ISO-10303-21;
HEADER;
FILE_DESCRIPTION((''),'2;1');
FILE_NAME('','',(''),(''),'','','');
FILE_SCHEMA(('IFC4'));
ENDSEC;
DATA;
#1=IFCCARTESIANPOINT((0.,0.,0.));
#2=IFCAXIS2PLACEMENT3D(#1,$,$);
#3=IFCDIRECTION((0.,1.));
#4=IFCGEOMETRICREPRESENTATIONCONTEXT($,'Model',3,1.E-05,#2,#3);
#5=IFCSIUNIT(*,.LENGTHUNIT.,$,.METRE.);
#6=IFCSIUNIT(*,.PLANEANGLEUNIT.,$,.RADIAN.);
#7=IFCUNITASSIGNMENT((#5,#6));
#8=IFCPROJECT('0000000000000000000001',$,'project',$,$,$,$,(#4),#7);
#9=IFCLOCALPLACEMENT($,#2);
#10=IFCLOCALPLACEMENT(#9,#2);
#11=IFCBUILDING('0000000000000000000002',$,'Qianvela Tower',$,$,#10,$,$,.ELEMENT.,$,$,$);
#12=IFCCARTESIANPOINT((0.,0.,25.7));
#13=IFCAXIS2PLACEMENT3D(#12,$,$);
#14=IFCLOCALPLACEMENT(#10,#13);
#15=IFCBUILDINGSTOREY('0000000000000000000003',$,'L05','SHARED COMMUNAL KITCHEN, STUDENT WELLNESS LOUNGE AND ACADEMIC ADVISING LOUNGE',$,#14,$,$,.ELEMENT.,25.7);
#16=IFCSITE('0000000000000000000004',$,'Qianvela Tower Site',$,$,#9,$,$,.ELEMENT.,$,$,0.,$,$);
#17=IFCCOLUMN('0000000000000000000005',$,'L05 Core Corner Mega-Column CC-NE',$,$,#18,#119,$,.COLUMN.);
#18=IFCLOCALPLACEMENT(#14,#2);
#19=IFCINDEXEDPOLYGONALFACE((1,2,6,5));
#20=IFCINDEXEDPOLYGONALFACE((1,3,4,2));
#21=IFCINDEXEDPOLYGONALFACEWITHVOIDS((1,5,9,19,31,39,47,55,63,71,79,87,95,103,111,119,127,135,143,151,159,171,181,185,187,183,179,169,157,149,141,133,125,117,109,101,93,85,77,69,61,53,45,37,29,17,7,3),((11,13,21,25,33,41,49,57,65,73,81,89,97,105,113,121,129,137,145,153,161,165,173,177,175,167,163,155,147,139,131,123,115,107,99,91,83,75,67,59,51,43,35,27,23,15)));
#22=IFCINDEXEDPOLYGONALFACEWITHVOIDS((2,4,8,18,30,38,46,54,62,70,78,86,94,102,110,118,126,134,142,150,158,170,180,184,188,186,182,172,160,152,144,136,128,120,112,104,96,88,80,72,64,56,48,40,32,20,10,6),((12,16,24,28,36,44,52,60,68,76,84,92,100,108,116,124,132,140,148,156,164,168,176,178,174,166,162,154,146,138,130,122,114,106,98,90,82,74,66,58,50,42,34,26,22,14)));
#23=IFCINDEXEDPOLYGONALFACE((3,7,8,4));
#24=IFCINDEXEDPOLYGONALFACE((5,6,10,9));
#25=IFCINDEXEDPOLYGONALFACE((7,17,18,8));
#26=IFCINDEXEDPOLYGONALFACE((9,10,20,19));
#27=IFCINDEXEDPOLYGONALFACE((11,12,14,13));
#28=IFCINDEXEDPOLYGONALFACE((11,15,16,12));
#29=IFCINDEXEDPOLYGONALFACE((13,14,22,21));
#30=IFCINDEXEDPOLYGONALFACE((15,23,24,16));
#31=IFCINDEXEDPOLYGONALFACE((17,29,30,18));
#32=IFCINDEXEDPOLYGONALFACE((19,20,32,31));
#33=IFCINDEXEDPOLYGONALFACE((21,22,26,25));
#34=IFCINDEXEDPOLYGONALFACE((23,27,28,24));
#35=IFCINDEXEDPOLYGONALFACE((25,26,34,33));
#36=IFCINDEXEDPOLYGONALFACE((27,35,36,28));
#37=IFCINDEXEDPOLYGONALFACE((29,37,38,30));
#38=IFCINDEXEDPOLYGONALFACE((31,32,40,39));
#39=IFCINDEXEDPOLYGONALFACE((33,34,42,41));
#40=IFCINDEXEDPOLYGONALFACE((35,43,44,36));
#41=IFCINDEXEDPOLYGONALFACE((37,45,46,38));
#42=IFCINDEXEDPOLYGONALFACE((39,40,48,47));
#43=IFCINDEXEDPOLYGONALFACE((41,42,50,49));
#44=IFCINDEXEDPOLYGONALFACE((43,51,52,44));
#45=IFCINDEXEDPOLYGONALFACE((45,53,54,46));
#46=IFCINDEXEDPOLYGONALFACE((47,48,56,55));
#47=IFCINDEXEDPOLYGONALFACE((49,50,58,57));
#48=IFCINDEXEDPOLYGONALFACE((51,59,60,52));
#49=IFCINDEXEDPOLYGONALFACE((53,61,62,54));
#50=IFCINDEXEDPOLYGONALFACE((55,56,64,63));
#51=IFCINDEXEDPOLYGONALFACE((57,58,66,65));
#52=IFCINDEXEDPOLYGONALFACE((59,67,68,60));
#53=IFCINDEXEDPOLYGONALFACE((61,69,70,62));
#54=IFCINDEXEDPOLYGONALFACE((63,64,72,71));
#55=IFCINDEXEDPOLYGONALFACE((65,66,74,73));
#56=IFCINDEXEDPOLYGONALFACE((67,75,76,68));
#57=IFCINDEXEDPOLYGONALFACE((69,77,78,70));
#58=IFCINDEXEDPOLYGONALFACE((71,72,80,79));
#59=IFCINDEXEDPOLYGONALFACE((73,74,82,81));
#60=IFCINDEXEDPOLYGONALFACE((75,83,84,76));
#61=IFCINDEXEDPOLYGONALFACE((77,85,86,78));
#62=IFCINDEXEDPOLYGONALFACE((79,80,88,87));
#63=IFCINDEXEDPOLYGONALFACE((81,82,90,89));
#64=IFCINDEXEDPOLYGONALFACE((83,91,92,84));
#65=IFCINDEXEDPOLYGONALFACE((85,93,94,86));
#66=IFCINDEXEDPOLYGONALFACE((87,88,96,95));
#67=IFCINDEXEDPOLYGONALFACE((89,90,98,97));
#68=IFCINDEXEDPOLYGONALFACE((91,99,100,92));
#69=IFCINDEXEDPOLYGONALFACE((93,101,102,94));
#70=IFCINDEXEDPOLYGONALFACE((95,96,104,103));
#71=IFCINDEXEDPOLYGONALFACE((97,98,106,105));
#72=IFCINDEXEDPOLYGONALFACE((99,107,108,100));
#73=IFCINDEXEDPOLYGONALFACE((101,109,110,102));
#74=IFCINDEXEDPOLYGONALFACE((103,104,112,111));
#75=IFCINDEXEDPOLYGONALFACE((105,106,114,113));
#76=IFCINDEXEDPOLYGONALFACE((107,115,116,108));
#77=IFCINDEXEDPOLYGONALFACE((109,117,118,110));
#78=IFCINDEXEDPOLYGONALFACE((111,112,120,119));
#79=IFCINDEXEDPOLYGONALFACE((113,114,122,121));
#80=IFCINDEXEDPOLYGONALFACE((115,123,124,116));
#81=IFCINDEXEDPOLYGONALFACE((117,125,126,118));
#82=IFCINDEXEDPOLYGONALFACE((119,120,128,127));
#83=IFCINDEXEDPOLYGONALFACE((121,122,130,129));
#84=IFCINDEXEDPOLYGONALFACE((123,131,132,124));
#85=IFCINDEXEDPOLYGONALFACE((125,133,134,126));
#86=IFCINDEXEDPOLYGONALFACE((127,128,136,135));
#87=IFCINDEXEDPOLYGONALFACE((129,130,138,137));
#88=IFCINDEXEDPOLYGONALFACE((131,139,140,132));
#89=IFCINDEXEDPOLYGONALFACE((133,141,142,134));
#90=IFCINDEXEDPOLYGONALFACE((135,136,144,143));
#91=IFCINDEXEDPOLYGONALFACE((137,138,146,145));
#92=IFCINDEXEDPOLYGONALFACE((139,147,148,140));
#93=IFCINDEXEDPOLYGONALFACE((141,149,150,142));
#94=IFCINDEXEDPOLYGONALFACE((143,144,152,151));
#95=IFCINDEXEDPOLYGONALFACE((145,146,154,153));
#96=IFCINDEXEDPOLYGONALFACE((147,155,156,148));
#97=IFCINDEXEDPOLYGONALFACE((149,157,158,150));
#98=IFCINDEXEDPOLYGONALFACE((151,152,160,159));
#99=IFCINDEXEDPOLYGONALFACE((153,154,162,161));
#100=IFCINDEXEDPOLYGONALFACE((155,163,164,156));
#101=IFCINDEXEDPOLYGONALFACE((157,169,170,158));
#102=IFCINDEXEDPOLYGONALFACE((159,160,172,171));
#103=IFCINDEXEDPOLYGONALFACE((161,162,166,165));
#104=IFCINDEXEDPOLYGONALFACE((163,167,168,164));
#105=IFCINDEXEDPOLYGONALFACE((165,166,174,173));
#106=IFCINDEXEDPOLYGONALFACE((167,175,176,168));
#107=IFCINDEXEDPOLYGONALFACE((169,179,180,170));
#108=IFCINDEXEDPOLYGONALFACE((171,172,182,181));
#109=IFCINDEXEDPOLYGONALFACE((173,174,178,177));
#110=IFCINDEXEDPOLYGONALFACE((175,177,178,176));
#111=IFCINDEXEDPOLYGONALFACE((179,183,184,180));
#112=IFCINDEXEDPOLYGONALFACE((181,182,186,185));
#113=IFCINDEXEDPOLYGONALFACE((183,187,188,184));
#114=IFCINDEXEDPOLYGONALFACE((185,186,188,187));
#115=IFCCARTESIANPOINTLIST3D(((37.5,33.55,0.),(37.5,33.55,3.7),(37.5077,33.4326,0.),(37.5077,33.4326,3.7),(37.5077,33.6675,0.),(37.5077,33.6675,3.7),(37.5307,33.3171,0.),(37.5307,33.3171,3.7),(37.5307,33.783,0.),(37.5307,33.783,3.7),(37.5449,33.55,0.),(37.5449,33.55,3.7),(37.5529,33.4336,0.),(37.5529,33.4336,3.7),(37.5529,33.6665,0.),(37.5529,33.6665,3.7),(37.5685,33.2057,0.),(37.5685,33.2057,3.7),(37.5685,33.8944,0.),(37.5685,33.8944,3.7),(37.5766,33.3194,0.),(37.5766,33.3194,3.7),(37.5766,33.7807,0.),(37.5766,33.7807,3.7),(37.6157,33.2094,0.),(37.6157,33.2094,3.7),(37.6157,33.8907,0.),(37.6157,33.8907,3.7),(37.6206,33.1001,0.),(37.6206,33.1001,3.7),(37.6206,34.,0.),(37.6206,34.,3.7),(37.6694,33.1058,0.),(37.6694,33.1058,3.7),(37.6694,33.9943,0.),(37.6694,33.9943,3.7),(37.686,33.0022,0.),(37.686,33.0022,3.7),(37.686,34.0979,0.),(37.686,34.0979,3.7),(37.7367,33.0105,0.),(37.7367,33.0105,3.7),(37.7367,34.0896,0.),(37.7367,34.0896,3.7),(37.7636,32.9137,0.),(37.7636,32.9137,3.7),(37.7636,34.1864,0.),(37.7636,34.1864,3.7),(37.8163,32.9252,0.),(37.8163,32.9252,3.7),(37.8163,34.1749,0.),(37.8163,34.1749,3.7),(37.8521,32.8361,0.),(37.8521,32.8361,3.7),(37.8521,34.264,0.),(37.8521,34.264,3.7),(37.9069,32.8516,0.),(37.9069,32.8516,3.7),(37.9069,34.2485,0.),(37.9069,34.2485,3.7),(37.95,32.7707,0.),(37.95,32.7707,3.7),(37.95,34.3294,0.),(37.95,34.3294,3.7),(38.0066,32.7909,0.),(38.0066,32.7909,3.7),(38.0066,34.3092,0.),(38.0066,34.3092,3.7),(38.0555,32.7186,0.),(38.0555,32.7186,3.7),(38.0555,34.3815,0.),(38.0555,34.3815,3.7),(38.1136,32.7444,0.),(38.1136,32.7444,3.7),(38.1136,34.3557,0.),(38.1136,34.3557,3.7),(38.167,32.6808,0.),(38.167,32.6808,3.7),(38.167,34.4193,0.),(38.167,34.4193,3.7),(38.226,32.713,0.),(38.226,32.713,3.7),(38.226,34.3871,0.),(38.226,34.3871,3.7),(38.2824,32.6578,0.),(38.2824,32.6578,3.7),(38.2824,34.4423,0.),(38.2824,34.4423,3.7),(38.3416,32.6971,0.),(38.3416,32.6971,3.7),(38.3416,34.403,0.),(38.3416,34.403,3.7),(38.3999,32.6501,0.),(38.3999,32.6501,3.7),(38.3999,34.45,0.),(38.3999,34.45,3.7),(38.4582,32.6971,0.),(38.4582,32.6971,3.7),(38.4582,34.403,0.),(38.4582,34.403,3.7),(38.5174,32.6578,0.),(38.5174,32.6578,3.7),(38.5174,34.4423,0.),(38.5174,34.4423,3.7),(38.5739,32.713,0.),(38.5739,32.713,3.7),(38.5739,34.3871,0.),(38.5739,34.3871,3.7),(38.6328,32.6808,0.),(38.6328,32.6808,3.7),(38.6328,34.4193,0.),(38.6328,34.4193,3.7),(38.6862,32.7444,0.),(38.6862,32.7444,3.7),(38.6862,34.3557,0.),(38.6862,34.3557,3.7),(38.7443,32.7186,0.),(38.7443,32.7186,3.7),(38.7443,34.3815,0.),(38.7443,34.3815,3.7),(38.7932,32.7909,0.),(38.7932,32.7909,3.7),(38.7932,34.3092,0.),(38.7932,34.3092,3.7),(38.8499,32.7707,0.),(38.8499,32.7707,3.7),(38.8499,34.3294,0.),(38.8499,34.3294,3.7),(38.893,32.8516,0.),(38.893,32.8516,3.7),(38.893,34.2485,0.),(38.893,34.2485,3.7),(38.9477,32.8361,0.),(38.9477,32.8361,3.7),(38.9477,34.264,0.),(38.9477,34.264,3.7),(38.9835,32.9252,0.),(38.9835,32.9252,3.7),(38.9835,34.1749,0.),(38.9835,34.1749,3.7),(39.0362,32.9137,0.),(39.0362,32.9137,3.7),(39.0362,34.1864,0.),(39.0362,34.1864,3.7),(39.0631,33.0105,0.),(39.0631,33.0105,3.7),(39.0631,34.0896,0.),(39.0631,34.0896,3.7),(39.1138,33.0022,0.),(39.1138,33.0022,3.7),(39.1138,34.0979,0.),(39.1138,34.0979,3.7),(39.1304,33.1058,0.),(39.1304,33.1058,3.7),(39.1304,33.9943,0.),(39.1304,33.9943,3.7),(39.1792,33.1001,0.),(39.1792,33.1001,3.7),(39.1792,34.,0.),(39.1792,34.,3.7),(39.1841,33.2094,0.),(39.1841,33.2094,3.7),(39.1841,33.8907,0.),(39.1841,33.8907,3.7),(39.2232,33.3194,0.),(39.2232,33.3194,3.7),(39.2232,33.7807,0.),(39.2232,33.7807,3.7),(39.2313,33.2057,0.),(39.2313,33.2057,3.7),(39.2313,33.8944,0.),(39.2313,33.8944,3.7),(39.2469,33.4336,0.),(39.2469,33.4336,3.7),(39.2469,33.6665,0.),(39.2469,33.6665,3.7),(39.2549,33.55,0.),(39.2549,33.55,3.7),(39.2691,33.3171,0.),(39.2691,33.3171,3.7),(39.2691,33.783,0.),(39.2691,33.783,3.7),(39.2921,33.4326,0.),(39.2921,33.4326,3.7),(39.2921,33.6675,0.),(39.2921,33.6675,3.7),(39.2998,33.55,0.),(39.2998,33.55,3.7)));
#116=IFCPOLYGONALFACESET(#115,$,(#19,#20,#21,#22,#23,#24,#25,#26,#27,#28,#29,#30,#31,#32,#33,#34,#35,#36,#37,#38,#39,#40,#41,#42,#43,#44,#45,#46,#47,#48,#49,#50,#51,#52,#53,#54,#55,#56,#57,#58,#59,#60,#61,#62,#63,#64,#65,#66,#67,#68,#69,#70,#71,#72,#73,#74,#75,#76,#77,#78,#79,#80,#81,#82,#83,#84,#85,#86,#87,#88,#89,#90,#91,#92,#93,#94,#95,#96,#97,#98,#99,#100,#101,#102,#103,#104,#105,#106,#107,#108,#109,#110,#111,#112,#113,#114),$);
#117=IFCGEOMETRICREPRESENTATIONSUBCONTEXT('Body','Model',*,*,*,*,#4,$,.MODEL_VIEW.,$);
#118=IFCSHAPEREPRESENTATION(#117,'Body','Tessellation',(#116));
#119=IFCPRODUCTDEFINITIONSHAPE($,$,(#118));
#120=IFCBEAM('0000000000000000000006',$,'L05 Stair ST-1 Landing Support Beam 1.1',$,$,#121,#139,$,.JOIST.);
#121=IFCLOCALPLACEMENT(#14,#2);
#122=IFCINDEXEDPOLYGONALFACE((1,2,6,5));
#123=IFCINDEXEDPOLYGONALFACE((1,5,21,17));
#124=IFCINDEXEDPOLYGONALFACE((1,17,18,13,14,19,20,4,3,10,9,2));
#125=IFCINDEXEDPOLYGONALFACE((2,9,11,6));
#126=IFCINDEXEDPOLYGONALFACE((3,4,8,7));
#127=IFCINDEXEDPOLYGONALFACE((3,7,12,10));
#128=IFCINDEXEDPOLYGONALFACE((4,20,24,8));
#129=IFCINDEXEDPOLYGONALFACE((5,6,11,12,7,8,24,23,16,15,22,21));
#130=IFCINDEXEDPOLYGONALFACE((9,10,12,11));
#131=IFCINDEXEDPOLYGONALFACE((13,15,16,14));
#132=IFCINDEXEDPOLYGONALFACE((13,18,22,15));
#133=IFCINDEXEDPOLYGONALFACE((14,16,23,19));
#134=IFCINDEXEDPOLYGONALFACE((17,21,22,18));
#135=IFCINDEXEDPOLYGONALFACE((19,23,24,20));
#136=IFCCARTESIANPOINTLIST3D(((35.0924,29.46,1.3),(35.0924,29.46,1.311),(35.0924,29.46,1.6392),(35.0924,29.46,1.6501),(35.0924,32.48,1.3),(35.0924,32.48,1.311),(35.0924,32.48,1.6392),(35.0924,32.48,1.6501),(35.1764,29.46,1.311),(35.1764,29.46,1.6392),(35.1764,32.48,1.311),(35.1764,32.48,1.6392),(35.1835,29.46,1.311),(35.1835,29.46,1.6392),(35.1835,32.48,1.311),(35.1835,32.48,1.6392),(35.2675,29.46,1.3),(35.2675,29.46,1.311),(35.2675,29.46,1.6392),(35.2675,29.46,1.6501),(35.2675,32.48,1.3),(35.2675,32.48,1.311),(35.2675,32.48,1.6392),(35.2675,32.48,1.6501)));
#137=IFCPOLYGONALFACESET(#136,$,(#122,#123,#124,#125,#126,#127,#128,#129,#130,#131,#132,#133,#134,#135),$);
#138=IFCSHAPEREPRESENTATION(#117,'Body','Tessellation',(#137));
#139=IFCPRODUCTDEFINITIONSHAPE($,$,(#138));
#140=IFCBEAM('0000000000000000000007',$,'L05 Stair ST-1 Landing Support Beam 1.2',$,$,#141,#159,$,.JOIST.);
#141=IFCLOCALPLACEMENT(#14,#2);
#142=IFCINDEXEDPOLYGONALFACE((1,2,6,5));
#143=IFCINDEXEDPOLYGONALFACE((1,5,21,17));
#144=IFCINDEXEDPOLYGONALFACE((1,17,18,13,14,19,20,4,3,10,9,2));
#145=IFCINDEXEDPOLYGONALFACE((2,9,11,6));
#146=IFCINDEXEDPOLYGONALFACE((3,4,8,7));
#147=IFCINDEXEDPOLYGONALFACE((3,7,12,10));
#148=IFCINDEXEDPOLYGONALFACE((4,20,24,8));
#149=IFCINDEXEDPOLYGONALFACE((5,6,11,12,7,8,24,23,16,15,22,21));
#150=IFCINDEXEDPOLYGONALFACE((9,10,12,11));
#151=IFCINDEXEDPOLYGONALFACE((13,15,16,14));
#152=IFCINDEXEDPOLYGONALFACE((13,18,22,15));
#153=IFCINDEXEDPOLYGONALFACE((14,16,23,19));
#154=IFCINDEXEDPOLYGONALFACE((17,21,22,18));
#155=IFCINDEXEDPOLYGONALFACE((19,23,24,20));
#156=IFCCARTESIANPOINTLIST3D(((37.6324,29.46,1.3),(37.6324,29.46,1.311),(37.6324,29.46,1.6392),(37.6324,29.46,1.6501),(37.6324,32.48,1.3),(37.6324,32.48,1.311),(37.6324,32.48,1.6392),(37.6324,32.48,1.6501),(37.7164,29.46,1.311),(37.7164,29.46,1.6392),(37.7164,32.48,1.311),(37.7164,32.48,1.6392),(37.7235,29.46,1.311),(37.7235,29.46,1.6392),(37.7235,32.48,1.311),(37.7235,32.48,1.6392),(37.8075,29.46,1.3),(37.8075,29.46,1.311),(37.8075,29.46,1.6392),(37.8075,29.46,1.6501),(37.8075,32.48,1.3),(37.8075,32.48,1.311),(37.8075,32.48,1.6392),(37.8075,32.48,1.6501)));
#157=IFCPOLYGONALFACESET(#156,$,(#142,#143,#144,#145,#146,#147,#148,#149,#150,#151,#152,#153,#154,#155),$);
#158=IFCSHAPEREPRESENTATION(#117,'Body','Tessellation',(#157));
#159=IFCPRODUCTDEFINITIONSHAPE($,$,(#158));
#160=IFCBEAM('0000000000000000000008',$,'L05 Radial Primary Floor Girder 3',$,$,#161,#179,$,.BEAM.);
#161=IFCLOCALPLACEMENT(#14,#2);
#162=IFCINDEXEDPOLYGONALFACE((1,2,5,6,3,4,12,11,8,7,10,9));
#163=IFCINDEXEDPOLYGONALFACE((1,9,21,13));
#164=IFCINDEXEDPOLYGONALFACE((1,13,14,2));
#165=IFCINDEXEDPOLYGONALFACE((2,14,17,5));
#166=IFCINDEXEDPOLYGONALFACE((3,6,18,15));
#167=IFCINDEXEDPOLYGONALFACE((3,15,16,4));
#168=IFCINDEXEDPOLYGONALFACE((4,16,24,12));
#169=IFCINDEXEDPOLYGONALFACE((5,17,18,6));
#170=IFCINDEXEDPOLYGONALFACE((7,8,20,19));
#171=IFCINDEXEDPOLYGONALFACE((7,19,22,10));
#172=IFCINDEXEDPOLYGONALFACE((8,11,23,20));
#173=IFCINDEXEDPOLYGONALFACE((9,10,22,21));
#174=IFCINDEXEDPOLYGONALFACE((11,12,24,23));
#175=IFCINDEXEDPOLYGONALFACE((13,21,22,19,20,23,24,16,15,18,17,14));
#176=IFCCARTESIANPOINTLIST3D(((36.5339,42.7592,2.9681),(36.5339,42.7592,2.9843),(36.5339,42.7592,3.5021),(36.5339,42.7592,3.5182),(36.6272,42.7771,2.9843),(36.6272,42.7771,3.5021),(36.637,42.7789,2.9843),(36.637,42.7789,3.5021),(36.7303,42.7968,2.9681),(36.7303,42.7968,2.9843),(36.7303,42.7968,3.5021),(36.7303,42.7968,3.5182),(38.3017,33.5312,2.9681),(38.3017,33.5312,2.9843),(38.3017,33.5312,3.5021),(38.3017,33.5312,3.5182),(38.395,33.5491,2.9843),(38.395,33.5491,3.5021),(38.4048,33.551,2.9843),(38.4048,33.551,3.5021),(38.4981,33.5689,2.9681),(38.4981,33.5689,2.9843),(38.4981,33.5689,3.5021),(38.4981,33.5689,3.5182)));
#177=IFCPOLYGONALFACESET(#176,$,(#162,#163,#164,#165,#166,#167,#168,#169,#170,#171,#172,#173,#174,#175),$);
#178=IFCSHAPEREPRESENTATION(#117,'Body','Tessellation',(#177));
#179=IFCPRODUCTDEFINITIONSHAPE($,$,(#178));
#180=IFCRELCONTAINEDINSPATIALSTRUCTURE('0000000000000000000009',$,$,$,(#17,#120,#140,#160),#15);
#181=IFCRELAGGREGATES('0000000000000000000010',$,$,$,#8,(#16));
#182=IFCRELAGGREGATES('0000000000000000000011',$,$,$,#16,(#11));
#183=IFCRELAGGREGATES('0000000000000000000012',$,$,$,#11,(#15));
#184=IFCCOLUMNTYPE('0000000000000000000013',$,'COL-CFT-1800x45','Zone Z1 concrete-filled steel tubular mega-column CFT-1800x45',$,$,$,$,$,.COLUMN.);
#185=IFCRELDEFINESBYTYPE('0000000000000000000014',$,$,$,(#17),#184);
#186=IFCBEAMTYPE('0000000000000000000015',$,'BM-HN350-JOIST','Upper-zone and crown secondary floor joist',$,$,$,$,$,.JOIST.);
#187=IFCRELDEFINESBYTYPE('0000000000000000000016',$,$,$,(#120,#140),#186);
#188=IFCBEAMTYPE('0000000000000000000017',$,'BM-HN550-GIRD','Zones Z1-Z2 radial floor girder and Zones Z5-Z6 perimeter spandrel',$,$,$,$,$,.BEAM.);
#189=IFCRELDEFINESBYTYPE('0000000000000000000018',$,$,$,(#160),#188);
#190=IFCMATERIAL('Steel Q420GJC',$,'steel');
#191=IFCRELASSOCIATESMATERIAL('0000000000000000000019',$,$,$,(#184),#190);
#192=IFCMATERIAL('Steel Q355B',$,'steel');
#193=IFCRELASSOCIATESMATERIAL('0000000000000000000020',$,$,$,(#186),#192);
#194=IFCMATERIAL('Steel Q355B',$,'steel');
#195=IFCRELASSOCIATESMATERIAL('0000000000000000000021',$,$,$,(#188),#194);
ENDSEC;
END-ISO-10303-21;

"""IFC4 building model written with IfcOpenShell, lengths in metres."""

from ifc_helpers import new_model, si_unit, direction, frame, origin, origin_2d, place, context, subcontext, project, spatial, hollow_circle, i_section, extrude, material, material_profile, profile_set, type_object, element, save


model = new_model("IFC4")

# Units and contexts
model_context = context("Model", 3, precision=1e-05, world=origin(), true_north=direction((0.0, 1.0)))
body_context = subcontext(model_context, "Body", "Model", "MODEL_VIEW")
ifc_project = project(units=[si_unit("LENGTHUNIT", "METRE"), si_unit("PLANEANGLEUNIT", "RADIAN")], contexts=[model_context])

# Site, building, storey
site_placement = place(None, origin())
site = spatial("IfcSite", under=ifc_project, at=site_placement, Name="Qianvela Tower Site", CompositionType="ELEMENT", RefElevation=0.0)
building_placement = place(site_placement, origin())
building = spatial("IfcBuilding", under=site, at=building_placement, Name="Qianvela Tower", CompositionType="ELEMENT")
storey_placement = place(building_placement, frame((0.0, 0.0, 25.7)))
storey = spatial("IfcBuildingStorey", under=building, at=storey_placement, Name="L05", Description="SHARED COMMUNAL KITCHEN, STUDENT WELLNESS LOUNGE AND ACADEMIC ADVISING LOUNGE", CompositionType="ELEMENT", Elevation=25.7)

# Column
ifc_material_1 = material(Name="Steel Q420GJC", Category="steel")
ifc_material_profile_1 = material_profile(ifc_material_1, hollow_circle(Radius=0.8999, WallThickness=0.0449, at=origin_2d()), Name="CFT-1800x45")
ifc_profile_set_1 = profile_set([ifc_material_profile_1], Name="Steel Q420GJC")
column_type = type_object("IfcColumnType", Name="COL-CFT-1800x45", Description="Zone Z1 concrete-filled steel tubular mega-column CFT-1800x45", PredefinedType="COLUMN", material=ifc_profile_set_1)
column_placement = place(storey_placement, frame((38.3999, 33.55, 0.0), z_axis=(0.0, 0.0, 1.0), x_axis=(1.0, 0.0, 0.0)))
element("IfcColumn", 1, at=column_placement, inside=storey, type_object=column_type, Name="L05 Core Corner Mega-Column CC-NE", PredefinedType="COLUMN", context=body_context, shape_type="SweptSolid", body=[
    extrude(hollow_circle(Radius=0.8999, WallThickness=0.0449, at=origin_2d()), origin(), (0.0, 0.0, 1.0), 3.7),
])

# Beams
ifc_material_2 = material(Name="Steel Q355B", Category="steel")
ifc_material_profile_2 = material_profile(ifc_material_2, i_section(OverallWidth=0.175, OverallDepth=0.3501, WebThickness=0.0071, FlangeThickness=0.011, at=origin_2d()), Name="HN350x175x7x11")
ifc_profile_set_2 = profile_set([ifc_material_profile_2], Name="Steel Q355B")
beam_type_1 = type_object("IfcBeamType", Name="BM-HN350-JOIST", Description="Upper-zone and crown secondary floor joist", PredefinedType="JOIST", material=ifc_profile_set_2)
for number, where, z_axis, x_axis, name in (
    (2, (35.1799, 29.46, 1.4751), (0.0, 1.0, 0.0), (-1.0, 0.0, 0.0), "L05 Stair ST-1 Landing Support Beam 1.1"),
    (3, (37.72, 29.46, 1.4751), (0.0, 1.0, 0.0), (-1.0, 0.0, 0.0), "L05 Stair ST-1 Landing Support Beam 1.2"),
):
    element("IfcBeam", number, at=place(storey_placement, frame(where, z_axis=z_axis, x_axis=x_axis)), inside=storey, type_object=beam_type_1, Name=name, PredefinedType="JOIST", context=body_context, shape_type="SweptSolid", body=[
        extrude(i_section(OverallWidth=0.175, OverallDepth=0.3501, WebThickness=0.0071, FlangeThickness=0.011, at=origin_2d()), origin(), (0.0, 0.0, 1.0), 3.02),
    ])
ifc_material_3 = material(Name="Steel Q355B", Category="steel")
ifc_material_profile_3 = material_profile(ifc_material_3, i_section(OverallWidth=0.2, OverallDepth=0.55, WebThickness=0.01, FlangeThickness=0.0161, at=origin_2d()), Name="HN550x200x10x16")
ifc_profile_set_3 = profile_set([ifc_material_profile_3], Name="Steel Q355B")
beam_type_2 = type_object("IfcBeamType", Name="BM-HN550-GIRD", Description="Zones Z1-Z2 radial floor girder and Zones Z5-Z6 perimeter spandrel", PredefinedType="BEAM", material=ifc_profile_set_3)
beam_placement = place(storey_placement, frame((38.3999, 33.55, 3.2432), z_axis=(-0.18815, 0.98214, 0.0), x_axis=(-0.98214, -0.18815, 0.0)))
element("IfcBeam", 4, at=beam_placement, inside=storey, type_object=beam_type_2, Name="L05 Radial Primary Floor Girder 3", PredefinedType="BEAM", context=body_context, shape_type="SweptSolid", body=[
    extrude(i_section(OverallWidth=0.2, OverallDepth=0.55, WebThickness=0.01, FlangeThickness=0.0161, at=origin_2d()), origin(), (0.0, 0.0, 1.0), 9.3958),
])

save(model, "model.ifc")
